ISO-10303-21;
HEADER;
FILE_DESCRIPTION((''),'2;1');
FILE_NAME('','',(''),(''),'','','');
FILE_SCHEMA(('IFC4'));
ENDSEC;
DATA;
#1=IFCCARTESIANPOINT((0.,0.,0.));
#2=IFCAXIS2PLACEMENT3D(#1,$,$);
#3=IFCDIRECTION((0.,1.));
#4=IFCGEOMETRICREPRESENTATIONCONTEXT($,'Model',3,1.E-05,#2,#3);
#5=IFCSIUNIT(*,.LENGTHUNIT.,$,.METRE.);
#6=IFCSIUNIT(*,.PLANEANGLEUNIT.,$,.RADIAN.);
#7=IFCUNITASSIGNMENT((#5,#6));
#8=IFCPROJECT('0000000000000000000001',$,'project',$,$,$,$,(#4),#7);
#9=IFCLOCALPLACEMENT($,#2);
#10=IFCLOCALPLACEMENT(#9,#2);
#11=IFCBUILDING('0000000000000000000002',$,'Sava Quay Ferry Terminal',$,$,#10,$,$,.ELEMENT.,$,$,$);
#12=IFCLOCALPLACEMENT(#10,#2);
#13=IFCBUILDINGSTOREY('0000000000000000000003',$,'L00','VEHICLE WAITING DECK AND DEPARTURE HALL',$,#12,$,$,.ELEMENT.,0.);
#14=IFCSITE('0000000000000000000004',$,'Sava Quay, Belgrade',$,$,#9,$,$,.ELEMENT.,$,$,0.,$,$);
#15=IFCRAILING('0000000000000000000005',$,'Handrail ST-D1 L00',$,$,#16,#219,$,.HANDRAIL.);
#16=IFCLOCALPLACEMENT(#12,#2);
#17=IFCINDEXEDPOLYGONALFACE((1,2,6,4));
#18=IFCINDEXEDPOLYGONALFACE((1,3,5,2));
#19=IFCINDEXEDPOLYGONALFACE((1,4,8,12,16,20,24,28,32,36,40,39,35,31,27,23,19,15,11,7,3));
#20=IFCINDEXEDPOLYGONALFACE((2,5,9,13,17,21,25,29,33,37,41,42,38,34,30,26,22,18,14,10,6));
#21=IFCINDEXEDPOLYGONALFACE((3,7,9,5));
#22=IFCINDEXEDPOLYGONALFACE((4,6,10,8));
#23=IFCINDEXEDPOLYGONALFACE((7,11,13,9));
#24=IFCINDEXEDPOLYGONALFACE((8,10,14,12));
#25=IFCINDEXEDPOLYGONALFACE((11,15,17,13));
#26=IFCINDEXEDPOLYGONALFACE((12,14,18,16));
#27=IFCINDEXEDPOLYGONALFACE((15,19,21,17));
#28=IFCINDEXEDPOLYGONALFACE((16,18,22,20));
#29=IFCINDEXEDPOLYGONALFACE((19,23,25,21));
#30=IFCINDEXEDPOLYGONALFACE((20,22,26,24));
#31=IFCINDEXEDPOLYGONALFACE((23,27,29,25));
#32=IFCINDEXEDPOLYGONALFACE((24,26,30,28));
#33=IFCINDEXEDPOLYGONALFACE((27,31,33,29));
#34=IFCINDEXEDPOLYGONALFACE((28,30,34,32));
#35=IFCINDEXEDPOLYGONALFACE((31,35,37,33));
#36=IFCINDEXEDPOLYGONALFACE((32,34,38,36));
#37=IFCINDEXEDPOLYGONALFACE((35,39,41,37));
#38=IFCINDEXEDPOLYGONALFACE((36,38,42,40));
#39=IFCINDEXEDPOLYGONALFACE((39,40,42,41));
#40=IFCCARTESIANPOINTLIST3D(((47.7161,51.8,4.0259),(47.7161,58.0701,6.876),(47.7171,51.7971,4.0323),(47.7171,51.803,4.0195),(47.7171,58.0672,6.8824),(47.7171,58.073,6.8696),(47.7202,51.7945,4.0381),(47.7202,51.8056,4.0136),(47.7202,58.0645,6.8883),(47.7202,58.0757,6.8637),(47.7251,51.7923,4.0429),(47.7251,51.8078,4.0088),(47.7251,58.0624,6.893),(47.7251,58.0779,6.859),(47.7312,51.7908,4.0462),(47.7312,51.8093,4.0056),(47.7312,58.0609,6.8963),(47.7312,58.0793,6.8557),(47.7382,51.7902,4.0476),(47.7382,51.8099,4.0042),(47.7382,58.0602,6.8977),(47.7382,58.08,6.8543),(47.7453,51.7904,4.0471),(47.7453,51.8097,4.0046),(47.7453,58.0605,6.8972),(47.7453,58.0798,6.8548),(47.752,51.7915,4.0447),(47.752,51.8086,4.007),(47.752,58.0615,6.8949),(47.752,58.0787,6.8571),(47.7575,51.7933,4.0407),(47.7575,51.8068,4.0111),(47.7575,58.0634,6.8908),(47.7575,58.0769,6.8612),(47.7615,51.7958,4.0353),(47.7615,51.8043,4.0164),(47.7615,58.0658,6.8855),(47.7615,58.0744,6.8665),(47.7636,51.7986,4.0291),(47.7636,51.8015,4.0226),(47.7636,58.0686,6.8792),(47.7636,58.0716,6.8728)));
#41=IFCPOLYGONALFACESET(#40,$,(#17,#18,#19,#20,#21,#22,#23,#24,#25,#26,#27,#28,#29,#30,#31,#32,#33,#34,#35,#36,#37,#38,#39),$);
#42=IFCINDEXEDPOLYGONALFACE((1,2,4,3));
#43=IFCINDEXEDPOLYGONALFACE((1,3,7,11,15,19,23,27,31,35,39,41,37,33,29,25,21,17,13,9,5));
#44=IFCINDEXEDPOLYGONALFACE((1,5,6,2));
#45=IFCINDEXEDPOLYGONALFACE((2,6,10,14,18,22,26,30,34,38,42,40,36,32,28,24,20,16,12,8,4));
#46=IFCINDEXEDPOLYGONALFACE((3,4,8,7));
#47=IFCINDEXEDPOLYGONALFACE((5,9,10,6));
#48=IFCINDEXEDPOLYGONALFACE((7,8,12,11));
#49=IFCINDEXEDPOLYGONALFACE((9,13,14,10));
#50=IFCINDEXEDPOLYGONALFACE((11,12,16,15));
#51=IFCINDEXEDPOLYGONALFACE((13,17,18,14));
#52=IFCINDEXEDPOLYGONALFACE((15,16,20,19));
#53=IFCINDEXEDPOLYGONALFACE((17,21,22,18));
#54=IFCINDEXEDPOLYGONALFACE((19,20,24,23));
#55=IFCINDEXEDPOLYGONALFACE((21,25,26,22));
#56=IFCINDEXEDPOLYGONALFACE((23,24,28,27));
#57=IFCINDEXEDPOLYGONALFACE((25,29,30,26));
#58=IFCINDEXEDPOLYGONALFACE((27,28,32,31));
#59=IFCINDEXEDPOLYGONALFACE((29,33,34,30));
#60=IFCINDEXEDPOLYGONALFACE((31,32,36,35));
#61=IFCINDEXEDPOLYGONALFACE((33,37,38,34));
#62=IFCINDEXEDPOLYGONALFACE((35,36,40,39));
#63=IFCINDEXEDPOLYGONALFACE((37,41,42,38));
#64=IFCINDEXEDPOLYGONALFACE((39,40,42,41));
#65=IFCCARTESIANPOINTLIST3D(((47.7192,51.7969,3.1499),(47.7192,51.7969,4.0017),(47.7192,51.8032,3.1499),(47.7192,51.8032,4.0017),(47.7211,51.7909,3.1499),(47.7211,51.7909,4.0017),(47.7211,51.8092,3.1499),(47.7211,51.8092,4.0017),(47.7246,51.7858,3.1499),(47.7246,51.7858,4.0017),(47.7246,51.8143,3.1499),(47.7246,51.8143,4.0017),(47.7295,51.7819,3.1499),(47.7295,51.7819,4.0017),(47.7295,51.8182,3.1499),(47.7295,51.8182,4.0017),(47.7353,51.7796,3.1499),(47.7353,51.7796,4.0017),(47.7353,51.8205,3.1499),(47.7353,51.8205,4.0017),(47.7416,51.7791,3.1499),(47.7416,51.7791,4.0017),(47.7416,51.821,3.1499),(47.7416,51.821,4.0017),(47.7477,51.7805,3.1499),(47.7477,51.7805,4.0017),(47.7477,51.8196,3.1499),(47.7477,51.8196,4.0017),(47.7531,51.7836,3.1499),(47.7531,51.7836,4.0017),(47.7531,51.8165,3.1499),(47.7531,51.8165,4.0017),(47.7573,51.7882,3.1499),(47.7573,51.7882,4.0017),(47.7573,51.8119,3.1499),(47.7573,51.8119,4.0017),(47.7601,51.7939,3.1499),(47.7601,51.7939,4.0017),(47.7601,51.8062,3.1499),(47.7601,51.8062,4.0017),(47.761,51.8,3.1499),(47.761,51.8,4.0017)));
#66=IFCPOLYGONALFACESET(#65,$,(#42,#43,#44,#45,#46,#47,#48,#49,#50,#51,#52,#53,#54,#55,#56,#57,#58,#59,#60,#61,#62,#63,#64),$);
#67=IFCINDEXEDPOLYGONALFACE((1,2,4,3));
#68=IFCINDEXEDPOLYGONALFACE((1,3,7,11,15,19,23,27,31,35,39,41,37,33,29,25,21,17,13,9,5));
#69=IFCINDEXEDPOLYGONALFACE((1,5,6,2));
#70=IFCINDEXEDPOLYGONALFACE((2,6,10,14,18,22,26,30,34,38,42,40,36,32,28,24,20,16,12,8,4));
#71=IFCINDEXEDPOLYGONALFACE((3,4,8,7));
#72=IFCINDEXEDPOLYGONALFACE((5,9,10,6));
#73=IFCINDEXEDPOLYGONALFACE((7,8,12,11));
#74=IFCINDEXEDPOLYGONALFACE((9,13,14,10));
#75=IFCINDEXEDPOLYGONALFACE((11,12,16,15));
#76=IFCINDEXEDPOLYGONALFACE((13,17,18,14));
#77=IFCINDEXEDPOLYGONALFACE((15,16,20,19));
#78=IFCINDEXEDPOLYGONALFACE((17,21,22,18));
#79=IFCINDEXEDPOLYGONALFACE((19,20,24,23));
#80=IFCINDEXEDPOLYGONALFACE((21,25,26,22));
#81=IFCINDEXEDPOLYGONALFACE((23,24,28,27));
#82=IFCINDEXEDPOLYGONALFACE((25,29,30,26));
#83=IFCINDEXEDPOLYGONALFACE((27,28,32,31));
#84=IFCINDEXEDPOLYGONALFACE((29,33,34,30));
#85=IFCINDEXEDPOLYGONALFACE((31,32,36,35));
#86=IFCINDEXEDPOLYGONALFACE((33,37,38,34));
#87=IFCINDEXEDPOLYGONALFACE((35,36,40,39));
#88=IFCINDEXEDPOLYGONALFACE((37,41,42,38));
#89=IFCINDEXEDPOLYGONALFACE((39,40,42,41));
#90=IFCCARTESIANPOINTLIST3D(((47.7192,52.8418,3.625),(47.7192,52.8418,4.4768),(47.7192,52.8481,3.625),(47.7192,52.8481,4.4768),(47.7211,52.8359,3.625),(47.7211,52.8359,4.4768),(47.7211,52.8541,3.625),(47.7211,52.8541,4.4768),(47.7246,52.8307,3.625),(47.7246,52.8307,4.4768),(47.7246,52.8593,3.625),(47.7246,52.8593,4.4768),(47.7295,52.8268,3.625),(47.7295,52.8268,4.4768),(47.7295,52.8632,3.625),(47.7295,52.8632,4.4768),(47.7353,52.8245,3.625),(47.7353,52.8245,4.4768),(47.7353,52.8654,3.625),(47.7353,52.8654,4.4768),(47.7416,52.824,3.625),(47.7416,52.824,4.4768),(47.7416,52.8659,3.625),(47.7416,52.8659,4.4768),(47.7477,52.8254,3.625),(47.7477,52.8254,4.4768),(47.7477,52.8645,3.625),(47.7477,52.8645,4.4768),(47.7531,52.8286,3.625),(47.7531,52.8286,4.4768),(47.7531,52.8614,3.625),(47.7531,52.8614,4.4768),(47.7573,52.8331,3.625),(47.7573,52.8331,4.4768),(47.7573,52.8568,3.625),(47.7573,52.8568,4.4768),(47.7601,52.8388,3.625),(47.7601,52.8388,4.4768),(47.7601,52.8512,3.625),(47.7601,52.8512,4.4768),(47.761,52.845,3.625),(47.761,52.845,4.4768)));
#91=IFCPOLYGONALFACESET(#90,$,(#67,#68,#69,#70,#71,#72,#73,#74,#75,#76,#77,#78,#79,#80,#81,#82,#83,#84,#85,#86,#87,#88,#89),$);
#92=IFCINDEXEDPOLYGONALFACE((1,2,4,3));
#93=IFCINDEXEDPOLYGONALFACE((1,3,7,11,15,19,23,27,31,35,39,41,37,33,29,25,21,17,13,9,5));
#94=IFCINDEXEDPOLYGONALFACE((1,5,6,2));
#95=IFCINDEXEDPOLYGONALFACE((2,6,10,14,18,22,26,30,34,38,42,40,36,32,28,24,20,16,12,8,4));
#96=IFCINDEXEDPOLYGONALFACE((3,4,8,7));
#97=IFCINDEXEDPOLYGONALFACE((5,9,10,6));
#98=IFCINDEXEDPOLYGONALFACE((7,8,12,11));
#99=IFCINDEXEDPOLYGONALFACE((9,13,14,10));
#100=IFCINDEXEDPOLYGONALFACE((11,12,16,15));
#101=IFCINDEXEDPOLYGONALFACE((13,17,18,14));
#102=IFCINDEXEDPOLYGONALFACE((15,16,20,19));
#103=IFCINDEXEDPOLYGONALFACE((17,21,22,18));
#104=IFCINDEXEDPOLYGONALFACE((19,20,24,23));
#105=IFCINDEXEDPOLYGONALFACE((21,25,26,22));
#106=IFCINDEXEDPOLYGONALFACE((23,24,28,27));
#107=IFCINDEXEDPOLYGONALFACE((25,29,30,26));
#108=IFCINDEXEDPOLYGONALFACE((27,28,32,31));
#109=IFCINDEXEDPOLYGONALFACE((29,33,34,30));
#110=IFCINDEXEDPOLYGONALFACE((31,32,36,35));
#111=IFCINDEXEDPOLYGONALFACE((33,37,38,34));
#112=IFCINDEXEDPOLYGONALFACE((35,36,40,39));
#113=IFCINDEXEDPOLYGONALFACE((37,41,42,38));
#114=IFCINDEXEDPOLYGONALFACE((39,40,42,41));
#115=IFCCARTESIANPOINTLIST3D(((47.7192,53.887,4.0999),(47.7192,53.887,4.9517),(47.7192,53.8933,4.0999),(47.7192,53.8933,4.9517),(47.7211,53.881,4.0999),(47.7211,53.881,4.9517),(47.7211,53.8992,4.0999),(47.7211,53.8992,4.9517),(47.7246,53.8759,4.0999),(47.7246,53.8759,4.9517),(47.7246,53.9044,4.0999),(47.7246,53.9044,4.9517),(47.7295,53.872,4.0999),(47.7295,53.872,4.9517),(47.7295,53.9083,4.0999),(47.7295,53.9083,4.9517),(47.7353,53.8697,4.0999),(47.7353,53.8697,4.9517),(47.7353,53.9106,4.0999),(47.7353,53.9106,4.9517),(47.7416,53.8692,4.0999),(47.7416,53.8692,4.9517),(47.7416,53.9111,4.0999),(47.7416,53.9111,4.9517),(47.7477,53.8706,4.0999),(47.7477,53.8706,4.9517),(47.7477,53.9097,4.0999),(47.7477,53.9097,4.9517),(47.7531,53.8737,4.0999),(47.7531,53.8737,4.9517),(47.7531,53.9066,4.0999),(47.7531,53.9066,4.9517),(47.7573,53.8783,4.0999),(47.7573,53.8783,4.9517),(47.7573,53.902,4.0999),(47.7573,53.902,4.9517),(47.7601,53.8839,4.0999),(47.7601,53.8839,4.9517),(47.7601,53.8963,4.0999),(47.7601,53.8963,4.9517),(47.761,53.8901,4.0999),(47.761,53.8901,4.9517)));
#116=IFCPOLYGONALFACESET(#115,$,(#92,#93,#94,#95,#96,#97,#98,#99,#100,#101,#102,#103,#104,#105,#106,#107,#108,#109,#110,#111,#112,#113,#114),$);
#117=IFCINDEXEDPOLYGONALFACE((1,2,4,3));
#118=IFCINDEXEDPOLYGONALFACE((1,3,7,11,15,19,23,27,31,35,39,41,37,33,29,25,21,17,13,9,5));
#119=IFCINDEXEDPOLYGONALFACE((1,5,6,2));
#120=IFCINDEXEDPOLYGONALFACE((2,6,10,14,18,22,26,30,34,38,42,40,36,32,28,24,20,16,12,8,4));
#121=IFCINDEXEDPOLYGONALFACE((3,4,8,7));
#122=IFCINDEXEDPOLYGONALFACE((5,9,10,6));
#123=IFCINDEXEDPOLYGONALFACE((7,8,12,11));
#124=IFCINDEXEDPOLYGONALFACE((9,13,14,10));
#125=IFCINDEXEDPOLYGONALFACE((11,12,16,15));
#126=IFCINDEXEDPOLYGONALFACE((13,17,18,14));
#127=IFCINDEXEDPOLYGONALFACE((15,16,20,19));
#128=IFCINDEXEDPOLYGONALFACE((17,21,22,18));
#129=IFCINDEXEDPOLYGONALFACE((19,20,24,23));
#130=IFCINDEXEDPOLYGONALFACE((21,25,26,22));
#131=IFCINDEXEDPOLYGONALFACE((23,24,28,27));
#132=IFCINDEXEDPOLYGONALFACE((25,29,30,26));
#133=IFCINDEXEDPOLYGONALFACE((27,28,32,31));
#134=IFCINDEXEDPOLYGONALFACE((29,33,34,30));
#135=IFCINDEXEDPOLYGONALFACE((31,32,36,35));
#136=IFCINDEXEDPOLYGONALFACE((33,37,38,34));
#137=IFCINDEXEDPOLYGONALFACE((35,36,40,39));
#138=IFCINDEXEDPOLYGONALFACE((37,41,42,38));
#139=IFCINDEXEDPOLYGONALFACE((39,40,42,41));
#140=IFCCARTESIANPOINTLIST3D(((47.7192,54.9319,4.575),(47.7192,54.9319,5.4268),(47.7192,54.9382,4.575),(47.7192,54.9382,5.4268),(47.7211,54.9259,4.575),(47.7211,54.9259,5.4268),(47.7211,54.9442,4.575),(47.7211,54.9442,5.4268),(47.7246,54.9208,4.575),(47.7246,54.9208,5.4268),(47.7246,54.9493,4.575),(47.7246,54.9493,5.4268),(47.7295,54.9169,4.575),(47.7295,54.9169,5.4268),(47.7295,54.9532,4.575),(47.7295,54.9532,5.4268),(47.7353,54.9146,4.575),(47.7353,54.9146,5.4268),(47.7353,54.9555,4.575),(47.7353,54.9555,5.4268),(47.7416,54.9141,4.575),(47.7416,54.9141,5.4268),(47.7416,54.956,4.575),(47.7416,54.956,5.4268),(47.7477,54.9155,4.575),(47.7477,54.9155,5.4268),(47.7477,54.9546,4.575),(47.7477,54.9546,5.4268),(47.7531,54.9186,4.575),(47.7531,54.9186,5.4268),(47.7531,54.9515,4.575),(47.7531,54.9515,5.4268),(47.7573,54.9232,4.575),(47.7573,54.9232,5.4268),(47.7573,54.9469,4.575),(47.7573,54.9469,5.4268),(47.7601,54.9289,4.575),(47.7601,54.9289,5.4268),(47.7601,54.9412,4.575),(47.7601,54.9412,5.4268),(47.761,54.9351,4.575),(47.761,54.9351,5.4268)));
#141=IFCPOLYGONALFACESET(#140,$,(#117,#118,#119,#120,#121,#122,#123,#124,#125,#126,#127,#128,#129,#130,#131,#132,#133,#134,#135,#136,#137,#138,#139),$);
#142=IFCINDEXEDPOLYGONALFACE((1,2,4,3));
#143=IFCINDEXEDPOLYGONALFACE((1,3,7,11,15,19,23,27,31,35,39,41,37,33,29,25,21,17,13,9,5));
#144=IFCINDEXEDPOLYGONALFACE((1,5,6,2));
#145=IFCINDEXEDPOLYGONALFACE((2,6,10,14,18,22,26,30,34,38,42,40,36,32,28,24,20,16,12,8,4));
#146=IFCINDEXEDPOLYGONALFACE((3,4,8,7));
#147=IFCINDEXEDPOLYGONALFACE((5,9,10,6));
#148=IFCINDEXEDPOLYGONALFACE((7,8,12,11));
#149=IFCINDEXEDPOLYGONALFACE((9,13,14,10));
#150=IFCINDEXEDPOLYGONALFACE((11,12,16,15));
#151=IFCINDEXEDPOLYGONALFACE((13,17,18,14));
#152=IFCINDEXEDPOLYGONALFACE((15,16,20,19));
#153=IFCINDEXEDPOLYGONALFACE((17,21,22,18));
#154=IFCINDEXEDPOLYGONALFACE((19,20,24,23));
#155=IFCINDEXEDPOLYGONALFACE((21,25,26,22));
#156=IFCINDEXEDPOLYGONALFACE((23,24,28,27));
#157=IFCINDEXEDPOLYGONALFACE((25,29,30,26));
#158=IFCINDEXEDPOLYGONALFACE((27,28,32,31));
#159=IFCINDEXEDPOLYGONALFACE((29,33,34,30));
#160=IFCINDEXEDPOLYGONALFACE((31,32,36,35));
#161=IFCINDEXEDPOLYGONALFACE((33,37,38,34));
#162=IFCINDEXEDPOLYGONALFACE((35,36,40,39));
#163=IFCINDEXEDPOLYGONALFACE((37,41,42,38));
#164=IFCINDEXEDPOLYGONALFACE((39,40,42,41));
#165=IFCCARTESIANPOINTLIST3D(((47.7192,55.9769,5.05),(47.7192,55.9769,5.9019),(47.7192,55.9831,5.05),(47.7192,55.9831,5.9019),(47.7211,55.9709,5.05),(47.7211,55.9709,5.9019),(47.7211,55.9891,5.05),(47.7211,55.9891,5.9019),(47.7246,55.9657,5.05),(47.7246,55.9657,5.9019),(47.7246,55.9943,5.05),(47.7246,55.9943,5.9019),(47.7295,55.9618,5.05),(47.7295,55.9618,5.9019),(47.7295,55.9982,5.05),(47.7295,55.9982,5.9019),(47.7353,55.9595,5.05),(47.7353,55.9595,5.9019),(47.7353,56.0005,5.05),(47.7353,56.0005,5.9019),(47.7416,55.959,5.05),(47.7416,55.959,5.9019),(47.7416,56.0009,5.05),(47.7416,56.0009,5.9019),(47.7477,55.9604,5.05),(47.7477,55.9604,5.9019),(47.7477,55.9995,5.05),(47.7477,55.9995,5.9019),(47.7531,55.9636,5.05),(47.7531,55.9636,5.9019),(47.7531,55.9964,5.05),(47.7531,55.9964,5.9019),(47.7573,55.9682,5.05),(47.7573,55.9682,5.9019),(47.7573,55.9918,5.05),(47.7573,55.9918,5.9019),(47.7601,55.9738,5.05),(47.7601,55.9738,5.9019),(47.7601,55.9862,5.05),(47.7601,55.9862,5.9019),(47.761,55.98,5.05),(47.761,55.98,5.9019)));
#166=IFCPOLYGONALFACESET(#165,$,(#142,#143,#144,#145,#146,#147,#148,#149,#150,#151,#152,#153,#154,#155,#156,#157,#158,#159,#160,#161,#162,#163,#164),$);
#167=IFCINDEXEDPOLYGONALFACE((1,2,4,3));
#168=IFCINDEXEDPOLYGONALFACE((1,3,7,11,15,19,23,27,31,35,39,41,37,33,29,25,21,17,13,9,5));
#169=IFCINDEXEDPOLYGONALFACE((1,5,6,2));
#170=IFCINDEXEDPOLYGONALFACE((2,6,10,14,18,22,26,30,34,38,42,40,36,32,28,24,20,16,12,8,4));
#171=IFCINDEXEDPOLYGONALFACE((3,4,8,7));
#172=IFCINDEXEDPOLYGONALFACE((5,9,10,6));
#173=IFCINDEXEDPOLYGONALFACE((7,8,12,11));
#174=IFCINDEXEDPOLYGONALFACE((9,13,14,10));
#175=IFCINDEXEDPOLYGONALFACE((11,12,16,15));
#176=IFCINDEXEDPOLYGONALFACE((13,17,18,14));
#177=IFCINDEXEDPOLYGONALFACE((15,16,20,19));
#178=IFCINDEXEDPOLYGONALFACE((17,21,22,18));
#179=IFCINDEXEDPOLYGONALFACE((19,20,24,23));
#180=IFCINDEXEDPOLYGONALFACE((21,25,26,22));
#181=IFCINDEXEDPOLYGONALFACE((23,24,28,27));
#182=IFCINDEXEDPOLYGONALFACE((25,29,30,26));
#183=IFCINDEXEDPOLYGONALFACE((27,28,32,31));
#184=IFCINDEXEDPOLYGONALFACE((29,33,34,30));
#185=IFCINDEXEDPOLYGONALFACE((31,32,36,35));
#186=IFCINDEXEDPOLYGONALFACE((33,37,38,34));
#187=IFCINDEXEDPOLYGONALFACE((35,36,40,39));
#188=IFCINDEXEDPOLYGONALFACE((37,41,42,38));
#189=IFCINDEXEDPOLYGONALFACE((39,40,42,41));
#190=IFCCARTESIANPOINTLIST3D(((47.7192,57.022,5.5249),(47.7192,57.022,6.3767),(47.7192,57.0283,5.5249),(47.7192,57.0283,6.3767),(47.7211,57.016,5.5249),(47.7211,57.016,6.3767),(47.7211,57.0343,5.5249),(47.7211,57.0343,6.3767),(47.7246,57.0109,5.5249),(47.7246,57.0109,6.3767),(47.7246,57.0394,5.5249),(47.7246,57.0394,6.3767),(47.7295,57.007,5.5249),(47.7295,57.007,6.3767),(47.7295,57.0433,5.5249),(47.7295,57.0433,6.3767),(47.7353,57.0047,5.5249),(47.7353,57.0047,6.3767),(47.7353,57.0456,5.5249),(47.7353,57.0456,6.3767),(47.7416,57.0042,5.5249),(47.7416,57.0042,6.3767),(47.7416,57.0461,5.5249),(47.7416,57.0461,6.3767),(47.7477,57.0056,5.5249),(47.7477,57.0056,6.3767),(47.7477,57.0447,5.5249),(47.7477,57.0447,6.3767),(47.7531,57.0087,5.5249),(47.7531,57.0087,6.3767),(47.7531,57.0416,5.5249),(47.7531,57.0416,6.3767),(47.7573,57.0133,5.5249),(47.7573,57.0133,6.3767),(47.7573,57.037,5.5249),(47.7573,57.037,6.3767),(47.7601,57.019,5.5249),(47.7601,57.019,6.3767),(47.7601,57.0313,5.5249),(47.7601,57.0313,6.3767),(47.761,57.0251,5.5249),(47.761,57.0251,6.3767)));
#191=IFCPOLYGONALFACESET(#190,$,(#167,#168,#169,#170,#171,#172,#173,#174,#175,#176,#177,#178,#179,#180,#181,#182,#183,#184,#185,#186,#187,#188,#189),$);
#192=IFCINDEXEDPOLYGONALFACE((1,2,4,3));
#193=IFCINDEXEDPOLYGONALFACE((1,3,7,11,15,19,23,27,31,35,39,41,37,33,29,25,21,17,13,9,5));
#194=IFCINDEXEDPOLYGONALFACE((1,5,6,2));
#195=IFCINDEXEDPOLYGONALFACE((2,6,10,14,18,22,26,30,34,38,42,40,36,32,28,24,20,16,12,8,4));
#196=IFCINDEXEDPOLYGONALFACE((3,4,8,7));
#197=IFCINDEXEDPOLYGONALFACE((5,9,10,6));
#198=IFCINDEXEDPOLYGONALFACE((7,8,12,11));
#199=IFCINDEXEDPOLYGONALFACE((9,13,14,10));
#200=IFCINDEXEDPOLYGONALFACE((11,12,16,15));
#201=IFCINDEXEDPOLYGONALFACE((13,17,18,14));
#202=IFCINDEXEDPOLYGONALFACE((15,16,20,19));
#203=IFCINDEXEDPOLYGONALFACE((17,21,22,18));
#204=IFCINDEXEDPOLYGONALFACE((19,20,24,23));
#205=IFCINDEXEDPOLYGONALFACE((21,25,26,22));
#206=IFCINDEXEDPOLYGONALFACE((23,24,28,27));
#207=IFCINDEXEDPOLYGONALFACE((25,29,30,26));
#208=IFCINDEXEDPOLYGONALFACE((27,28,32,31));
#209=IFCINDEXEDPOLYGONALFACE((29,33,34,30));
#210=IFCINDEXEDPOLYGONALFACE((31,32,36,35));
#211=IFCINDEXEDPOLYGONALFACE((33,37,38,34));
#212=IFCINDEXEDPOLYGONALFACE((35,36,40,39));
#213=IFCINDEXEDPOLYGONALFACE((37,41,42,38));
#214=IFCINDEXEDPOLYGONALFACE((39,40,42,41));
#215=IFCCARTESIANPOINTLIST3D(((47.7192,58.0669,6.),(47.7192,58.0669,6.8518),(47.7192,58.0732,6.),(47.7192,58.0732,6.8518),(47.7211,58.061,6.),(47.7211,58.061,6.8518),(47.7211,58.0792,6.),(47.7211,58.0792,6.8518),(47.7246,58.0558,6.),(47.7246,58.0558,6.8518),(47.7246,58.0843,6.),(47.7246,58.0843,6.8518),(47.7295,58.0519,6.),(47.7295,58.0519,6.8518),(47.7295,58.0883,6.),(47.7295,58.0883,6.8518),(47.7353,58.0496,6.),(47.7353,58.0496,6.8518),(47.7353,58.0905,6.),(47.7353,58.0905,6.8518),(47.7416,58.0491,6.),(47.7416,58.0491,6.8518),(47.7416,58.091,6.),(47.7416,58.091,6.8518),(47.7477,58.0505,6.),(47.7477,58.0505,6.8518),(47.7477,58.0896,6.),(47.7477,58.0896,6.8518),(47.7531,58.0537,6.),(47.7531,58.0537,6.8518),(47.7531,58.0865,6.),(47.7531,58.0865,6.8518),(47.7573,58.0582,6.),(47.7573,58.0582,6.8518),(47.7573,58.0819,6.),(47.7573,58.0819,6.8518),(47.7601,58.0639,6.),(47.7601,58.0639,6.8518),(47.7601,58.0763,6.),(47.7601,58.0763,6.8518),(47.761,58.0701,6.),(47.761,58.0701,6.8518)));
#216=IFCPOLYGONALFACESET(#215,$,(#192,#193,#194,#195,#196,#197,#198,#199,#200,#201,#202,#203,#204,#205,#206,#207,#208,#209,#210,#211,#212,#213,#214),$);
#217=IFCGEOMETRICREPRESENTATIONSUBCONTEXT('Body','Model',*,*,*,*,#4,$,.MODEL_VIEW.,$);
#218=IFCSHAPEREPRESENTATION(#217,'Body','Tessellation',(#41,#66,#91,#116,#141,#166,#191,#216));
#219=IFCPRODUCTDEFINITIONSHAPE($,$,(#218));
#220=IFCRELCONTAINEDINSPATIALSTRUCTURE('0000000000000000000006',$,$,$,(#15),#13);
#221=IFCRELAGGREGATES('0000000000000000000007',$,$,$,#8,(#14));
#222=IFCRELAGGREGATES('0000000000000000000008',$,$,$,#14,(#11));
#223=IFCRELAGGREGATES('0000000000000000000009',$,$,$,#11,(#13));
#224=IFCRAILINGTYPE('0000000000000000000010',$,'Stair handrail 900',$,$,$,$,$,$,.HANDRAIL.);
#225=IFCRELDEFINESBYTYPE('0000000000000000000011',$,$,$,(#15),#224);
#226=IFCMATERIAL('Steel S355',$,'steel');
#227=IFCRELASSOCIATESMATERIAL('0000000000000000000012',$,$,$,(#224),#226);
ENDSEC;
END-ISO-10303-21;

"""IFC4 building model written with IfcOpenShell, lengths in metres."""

from ifc_helpers import new_model, si_unit, direction, frame, origin, origin_2d, place, context, subcontext, project, spatial, circle, extrude, material, type_object, element, save


model = new_model("IFC4")

# Units and contexts
model_context = context("Model", 3, precision=1e-05, world=origin(), true_north=direction((0.0, 1.0)))
body_context = subcontext(model_context, "Body", "Model", "MODEL_VIEW")
ifc_project = project(units=[si_unit("LENGTHUNIT", "METRE"), si_unit("PLANEANGLEUNIT", "RADIAN")], contexts=[model_context])

# Site, building, storey
site_placement = place(None, origin())
site = spatial("IfcSite", under=ifc_project, at=site_placement, Name="Sava Quay, Belgrade", CompositionType="ELEMENT", RefElevation=0.0)
building_placement = place(site_placement, origin())
building = spatial("IfcBuilding", under=site, at=building_placement, Name="Sava Quay Ferry Terminal", CompositionType="ELEMENT")
storey_placement = place(building_placement, origin())
storey = spatial("IfcBuildingStorey", under=building, at=storey_placement, Name="L00", Description="VEHICLE WAITING DECK AND DEPARTURE HALL", CompositionType="ELEMENT", Elevation=0.0)

# Railing
ifc_material_1 = material(Name="Steel S355", Category="steel")
railing_type_1 = type_object("IfcRailingType", Name="Stair handrail 900", PredefinedType="HANDRAIL", material=ifc_material_1)
for number, where, name in (
    (1, (47.74, 51.8, 3.1499), "Handrail ST-D1 L00"),
):
    element("IfcRailing", number, at=place(storey_placement, frame(where)), inside=storey, type_object=railing_type_1, Name=name, PredefinedType="HANDRAIL", context=body_context, shape_type="SweptSolid", body=[
        extrude(circle(Radius=0.0239, at=origin_2d()), frame((0.0, 0.0, 0.876), z_axis=(0.0, 0.910362, 0.413814), x_axis=(-1.0, 0.0, 0.0)), (0.0, 0.0, 1.0), 6.8875),
        extrude(circle(Radius=0.021, at=origin_2d()), origin(), (0.0, 0.0, 1.0), 0.8518),
        extrude(circle(Radius=0.021, at=origin_2d()), frame((0.0, 1.0449, 0.4751)), (0.0, 0.0, 1.0), 0.8518),
        extrude(circle(Radius=0.021, at=origin_2d()), frame((0.0, 2.0901, 0.95)), (0.0, 0.0, 1.0), 0.8518),
        extrude(circle(Radius=0.021, at=origin_2d()), frame((0.0, 3.135, 1.425)), (0.0, 0.0, 1.0), 0.8518),
        extrude(circle(Radius=0.021, at=origin_2d()), frame((0.0, 4.1799, 1.9001)), (0.0, 0.0, 1.0), 0.8518),
        extrude(circle(Radius=0.021, at=origin_2d()), frame((0.0, 5.2251, 2.375)), (0.0, 0.0, 1.0), 0.8518),
        extrude(circle(Radius=0.021, at=origin_2d()), frame((0.0, 6.27, 2.8501)), (0.0, 0.0, 1.0), 0.8518),
    ])

save(model, "model.ifc")
